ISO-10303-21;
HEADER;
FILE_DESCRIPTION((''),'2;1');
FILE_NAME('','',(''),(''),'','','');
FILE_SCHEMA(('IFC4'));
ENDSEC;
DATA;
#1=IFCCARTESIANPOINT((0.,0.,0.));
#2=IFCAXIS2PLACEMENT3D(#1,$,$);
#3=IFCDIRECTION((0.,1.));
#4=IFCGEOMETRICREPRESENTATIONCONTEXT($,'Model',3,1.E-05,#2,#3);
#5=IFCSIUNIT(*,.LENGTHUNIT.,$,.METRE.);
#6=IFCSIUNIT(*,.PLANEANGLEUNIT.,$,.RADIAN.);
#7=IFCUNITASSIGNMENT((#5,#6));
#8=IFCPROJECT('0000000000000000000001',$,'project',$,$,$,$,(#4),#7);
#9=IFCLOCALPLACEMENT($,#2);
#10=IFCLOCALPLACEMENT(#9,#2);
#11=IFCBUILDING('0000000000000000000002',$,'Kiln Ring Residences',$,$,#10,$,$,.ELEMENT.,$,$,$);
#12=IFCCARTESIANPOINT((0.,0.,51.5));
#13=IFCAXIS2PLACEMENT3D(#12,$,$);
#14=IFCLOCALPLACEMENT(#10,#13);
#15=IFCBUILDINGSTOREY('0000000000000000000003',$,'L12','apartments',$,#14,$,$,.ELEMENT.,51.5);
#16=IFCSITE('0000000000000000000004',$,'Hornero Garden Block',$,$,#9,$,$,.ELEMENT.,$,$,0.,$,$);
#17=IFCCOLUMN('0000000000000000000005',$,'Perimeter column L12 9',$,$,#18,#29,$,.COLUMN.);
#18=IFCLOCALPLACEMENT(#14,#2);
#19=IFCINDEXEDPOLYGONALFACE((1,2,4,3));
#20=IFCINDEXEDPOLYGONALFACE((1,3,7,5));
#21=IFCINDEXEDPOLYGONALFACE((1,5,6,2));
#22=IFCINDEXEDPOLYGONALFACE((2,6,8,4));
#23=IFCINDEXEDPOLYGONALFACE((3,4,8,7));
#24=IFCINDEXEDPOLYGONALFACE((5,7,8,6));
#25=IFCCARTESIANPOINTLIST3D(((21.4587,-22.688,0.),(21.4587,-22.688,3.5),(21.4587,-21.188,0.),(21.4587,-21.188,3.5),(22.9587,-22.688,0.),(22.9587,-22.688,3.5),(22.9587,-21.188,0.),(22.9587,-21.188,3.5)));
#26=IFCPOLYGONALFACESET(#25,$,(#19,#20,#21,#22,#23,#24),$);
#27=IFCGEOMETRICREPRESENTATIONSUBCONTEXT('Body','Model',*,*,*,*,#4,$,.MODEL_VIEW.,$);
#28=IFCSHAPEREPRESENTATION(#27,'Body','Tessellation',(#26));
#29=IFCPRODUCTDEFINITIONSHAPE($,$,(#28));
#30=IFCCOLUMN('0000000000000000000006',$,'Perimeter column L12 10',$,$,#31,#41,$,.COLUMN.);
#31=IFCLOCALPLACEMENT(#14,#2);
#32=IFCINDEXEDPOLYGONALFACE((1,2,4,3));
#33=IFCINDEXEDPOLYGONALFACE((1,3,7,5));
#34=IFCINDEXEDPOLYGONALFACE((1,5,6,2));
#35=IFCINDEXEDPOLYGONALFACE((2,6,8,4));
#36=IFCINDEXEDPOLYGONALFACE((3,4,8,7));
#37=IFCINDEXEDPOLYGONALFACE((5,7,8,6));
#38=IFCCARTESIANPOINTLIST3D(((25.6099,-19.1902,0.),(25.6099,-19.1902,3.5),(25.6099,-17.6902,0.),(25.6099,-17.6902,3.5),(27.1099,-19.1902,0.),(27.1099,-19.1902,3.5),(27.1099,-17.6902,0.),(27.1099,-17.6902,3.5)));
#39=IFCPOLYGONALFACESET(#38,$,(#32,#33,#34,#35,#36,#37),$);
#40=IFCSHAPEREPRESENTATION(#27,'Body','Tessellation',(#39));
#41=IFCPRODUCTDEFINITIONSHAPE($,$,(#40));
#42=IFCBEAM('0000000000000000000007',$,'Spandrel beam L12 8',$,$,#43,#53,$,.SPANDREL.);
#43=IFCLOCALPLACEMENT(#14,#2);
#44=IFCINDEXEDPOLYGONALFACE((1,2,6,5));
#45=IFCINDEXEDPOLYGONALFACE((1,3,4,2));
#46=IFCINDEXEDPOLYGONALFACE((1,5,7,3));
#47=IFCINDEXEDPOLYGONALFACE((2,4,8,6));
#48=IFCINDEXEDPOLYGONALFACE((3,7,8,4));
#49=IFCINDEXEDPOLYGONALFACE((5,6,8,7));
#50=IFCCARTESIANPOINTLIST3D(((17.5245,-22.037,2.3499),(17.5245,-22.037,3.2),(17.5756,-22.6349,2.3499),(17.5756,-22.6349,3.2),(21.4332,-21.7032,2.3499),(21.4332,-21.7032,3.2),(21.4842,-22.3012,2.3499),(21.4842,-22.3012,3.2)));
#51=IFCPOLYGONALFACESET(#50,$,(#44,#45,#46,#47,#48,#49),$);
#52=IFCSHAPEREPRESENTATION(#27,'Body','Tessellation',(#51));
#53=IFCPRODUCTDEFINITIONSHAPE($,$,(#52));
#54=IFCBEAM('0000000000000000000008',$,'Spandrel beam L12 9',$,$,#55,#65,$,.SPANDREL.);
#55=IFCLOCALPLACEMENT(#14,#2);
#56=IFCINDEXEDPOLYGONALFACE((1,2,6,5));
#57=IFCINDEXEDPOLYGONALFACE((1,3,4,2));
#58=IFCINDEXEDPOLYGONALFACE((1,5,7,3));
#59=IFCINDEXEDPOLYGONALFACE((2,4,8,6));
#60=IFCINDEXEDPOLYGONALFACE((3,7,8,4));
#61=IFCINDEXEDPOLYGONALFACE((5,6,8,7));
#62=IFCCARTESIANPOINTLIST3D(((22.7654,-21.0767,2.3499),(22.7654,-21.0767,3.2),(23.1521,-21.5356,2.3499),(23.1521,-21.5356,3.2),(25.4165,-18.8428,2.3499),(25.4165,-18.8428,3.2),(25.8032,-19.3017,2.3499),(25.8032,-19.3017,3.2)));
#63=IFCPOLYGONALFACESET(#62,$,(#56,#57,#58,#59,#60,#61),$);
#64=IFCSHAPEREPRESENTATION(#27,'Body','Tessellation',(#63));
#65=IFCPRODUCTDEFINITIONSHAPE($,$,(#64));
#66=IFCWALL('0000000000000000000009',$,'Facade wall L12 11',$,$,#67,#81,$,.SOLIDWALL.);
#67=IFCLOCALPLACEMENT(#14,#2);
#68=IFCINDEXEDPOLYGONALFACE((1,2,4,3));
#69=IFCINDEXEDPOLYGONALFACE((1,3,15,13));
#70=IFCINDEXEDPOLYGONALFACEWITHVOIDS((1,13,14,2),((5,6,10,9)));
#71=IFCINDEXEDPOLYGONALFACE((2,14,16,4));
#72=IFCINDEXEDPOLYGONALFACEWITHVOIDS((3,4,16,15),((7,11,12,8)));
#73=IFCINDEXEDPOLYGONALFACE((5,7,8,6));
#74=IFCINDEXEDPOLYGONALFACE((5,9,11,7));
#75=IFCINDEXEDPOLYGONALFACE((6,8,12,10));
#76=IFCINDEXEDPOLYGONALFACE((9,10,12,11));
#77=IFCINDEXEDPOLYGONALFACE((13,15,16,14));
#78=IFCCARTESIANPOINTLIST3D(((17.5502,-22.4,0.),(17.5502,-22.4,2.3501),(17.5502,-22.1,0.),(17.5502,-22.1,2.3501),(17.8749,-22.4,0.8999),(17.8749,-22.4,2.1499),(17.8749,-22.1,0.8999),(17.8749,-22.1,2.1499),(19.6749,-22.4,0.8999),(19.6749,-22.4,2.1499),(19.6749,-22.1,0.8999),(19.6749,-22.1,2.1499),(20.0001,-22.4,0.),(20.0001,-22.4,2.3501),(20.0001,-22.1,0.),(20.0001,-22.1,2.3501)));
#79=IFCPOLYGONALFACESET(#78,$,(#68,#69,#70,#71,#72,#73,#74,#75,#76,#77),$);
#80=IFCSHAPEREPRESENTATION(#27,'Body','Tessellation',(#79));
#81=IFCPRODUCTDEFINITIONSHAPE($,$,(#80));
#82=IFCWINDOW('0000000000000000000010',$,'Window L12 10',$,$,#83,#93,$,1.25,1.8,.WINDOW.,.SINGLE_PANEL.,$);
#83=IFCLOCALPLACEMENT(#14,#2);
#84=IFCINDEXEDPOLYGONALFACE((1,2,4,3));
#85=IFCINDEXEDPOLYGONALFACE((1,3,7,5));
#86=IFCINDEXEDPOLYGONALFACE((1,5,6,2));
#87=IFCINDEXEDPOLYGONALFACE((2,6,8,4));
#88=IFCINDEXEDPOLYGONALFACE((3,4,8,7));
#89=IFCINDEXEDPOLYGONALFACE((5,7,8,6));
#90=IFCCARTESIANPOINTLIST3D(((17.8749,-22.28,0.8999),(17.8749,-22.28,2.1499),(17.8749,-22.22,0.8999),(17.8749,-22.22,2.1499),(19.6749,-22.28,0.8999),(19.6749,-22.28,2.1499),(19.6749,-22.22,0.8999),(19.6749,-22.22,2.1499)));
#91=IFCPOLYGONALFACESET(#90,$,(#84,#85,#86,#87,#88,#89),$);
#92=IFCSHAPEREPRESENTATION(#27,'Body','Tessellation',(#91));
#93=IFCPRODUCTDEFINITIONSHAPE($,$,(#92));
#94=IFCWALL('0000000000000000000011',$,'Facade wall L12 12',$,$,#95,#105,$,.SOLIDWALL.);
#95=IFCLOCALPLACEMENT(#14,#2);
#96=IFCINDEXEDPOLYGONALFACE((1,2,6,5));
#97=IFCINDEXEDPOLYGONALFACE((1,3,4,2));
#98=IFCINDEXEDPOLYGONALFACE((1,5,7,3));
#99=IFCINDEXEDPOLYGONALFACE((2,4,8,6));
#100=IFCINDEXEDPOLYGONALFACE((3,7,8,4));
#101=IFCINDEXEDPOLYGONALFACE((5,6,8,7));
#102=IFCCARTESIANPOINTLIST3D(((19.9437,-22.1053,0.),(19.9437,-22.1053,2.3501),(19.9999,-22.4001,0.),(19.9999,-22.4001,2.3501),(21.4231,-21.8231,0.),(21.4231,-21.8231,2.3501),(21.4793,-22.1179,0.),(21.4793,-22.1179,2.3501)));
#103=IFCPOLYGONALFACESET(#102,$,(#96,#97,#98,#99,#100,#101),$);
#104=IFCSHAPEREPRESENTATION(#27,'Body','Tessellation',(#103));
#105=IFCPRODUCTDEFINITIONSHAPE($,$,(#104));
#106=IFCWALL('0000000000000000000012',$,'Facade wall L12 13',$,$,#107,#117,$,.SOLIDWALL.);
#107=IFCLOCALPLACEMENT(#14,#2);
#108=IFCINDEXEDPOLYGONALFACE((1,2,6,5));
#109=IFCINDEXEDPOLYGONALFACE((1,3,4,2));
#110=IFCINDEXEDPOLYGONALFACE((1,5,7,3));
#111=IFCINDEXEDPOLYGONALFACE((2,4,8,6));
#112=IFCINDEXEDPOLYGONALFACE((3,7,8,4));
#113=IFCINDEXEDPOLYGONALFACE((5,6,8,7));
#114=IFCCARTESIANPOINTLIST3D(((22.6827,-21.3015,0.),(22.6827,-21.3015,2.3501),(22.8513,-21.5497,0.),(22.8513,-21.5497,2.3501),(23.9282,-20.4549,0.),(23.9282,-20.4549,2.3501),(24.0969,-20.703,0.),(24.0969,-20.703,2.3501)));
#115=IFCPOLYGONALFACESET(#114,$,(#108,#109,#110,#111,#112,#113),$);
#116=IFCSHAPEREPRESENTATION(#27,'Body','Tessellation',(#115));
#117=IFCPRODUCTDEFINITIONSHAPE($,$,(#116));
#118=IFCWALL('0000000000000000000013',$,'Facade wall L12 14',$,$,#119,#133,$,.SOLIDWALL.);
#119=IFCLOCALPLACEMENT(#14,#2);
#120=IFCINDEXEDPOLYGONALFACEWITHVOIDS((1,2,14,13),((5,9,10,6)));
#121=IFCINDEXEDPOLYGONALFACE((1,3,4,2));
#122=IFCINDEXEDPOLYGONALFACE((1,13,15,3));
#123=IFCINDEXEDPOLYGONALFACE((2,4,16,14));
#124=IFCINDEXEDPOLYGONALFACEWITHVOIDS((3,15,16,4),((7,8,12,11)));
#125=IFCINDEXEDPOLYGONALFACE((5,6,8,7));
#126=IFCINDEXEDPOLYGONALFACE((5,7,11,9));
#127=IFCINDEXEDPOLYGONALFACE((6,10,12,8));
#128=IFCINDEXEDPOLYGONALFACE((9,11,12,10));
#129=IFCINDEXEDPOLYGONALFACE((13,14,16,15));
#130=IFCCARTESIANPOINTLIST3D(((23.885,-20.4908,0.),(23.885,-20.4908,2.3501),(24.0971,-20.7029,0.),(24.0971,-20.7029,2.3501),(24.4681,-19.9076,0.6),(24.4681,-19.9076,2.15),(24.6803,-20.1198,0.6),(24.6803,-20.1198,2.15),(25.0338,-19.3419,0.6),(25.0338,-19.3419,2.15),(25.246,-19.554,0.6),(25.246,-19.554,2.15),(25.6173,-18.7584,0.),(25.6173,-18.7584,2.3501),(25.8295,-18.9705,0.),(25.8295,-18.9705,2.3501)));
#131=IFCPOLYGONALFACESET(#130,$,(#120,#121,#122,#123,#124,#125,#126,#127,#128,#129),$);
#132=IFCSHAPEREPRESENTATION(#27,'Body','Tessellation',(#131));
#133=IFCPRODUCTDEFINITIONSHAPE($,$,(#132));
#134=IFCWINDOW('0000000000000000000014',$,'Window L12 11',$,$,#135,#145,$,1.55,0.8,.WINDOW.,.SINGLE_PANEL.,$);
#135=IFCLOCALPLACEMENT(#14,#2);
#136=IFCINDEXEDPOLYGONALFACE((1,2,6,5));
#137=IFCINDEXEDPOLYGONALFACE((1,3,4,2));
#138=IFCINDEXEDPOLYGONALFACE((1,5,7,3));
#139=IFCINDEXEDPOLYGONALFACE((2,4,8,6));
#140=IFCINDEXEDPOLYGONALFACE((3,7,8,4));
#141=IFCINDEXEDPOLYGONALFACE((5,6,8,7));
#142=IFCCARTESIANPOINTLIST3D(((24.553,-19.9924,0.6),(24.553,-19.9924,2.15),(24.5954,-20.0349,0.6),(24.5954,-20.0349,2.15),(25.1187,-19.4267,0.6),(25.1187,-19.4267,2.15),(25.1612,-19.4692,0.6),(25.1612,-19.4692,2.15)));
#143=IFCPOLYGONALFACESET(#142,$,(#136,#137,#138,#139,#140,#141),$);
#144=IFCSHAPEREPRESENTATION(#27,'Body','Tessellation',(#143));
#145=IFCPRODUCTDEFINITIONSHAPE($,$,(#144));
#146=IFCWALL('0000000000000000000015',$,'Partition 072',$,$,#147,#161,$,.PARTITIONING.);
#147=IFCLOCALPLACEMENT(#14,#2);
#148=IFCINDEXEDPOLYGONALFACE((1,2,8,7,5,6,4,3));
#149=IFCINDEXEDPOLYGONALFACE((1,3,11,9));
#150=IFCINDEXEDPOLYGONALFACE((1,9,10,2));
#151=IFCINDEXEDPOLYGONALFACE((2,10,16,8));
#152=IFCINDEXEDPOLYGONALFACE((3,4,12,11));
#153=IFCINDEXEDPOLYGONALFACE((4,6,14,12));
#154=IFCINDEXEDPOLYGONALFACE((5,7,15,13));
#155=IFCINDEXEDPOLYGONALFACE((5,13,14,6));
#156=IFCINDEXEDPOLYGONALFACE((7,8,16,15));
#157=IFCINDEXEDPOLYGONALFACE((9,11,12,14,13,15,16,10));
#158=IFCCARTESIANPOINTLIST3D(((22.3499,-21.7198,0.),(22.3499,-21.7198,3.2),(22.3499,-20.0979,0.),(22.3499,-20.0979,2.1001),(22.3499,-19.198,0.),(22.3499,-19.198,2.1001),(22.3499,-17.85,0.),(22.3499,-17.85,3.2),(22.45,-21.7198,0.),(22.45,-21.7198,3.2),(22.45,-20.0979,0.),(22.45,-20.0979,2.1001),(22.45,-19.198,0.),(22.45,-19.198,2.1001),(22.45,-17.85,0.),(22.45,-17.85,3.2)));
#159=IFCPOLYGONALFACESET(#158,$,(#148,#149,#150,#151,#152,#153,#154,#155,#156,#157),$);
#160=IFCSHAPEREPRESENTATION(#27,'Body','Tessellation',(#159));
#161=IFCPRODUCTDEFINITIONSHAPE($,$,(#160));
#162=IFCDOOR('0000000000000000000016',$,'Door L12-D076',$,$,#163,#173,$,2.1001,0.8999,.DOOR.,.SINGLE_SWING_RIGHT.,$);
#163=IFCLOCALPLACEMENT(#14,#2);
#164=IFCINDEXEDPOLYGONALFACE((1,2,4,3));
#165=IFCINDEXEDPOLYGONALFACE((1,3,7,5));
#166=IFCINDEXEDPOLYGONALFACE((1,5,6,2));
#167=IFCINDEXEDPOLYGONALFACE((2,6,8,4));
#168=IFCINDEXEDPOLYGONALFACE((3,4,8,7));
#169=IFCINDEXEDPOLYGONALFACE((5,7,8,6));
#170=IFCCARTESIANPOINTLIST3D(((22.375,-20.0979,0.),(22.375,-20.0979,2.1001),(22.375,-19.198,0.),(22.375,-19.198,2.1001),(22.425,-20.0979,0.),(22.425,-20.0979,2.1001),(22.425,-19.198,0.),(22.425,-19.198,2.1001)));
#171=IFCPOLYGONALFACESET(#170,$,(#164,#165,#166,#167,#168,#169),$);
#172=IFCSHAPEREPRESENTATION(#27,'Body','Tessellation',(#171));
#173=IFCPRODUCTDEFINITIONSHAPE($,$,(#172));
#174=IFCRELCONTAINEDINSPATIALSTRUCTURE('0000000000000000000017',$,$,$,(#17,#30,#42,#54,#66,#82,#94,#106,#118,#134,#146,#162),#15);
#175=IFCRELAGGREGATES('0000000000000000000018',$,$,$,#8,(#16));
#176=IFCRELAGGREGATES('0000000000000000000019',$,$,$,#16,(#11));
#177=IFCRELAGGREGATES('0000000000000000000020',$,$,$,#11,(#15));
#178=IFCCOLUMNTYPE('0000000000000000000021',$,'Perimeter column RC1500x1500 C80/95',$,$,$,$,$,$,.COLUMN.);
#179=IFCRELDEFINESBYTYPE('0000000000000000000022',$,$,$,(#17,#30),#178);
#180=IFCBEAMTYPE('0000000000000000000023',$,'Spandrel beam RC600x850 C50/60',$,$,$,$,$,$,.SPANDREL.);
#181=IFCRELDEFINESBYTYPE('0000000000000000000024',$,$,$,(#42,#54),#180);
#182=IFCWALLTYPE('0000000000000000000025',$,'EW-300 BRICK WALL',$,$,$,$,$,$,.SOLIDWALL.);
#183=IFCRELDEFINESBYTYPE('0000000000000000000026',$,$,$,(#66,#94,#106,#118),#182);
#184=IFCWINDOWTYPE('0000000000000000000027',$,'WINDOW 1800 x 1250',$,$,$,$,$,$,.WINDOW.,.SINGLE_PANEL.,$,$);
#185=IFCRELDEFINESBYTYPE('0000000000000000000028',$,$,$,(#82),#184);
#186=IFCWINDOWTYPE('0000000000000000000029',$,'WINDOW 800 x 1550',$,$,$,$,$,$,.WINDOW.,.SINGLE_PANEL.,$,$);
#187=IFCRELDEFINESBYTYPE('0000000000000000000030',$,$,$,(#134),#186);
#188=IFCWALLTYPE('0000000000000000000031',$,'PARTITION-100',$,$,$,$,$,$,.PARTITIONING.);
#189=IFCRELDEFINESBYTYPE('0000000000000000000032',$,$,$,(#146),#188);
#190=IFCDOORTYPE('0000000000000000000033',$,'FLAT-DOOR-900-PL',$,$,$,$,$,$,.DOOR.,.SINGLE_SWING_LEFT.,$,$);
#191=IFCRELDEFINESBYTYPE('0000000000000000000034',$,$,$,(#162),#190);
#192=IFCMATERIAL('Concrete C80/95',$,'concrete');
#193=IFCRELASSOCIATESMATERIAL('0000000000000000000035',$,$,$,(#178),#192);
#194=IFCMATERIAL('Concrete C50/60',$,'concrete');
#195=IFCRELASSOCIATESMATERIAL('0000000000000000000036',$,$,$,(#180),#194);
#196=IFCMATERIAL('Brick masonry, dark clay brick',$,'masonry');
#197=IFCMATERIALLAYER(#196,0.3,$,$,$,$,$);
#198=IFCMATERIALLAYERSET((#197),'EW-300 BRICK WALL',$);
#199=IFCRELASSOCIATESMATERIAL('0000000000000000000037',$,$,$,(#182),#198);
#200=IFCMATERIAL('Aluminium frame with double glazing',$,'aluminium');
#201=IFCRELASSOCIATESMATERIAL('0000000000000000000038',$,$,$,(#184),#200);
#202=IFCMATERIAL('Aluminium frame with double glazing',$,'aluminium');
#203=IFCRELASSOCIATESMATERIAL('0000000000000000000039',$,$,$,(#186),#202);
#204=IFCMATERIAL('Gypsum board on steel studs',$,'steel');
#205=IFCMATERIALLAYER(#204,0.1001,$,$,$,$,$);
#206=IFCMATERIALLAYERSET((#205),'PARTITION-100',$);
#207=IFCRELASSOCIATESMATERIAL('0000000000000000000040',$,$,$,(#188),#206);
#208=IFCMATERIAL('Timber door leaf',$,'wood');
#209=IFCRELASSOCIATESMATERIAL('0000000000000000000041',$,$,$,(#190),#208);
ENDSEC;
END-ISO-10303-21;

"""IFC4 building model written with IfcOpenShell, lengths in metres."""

from ifc_helpers import new_model, si_unit, direction, frame, frame_2d, origin, origin_2d, place, context, subcontext, project, spatial, rectangle, extrude, material, layer, layer_set, material_profile, profile_set, type_object, element, fill, save


model = new_model("IFC4")

# Units and contexts
model_context = context("Model", 3, precision=1e-05, world=origin(), true_north=direction((0.0, 1.0)))
body_context = subcontext(model_context, "Body", "Model", "MODEL_VIEW")
ifc_project = project(units=[si_unit("LENGTHUNIT", "METRE"), si_unit("PLANEANGLEUNIT", "RADIAN")], contexts=[model_context])

# Site, building, storey
site_placement = place(None, origin())
site = spatial("IfcSite", under=ifc_project, at=site_placement, Name="Hornero Garden Block", CompositionType="ELEMENT", RefElevation=0.0)
building_placement = place(site_placement, origin())
building = spatial("IfcBuilding", under=site, at=building_placement, Name="Kiln Ring Residences", CompositionType="ELEMENT")
storey_placement = place(building_placement, frame((0.0, 0.0, 51.5)))
storey = spatial("IfcBuildingStorey", under=building, at=storey_placement, Name="L12", Description="apartments", CompositionType="ELEMENT", Elevation=51.5)

# Columns
ifc_material_1 = material(Name="Concrete C80/95", Category="concrete")
ifc_material_profile_1 = material_profile(ifc_material_1, rectangle(XDim=1.5, YDim=1.5, at=origin_2d()), Name="RC1500x1500")
ifc_profile_set_1 = profile_set([ifc_material_profile_1], Name="Concrete C80/95")
column_type = type_object("IfcColumnType", Name="Perimeter column RC1500x1500 C80/95", PredefinedType="COLUMN", material=ifc_profile_set_1)
for number, where, z_axis, x_axis, name in (
    (1, (22.2087, -21.938, 0.0), (0.0, 0.0, 1.0), (1.0, 0.0, 0.0), "Perimeter column L12 9"),
    (2, (26.3599, -18.4402, 0.0), (0.0, 0.0, 1.0), (1.0, 0.0, 0.0), "Perimeter column L12 10"),
):
    element("IfcColumn", number, at=place(storey_placement, frame(where, z_axis=z_axis, x_axis=x_axis)), inside=storey, type_object=column_type, Name=name, PredefinedType="COLUMN", context=body_context, shape_type="SweptSolid", body=[
        extrude(rectangle(XDim=1.5, YDim=1.5, at=origin_2d()), origin(), (0.0, 0.0, 1.0), 3.5),
    ])

# Beams
ifc_material_2 = material(Name="Concrete C50/60", Category="concrete")
ifc_material_profile_2 = material_profile(ifc_material_2, rectangle(XDim=0.6001, YDim=0.8501, at=origin_2d()), Name="RC600x850")
ifc_profile_set_2 = profile_set([ifc_material_profile_2], Name="Concrete C50/60")
beam_type = type_object("IfcBeamType", Name="Spandrel beam RC600x850 C50/60", PredefinedType="SPANDREL", material=ifc_profile_set_2)
beam_1_placement = place(storey_placement, frame((17.55, -22.3359, 2.7749), z_axis=(0.996375, 0.085075, 0.0), x_axis=(-0.085075, 0.996375, 0.0)))
element("IfcBeam", 3, at=beam_1_placement, inside=storey, type_object=beam_type, Name="Spandrel beam L12 8", PredefinedType="SPANDREL", context=body_context, shape_type="SweptSolid", body=[
    extrude(rectangle(XDim=0.6001, YDim=0.8501, at=origin_2d()), origin(), (0.0, 0.0, 1.0), 3.9229),
])
beam_2_placement = place(storey_placement, frame((22.9587, -21.3062, 2.7749), z_axis=(0.764718, 0.644366, 0.0), x_axis=(-0.644366, 0.764718, 0.0)))
element("IfcBeam", 4, at=beam_2_placement, inside=storey, type_object=beam_type, Name="Spandrel beam L12 9", PredefinedType="SPANDREL", context=body_context, shape_type="SweptSolid", body=[
    extrude(rectangle(XDim=0.6001, YDim=0.8501, at=origin_2d()), origin(), (0.0, 0.0, 1.0), 3.4668),
])

# Wall, opening, window
ifc_material_3 = material(Name="Brick masonry, dark clay brick", Category="masonry")
ifc_layer_1 = layer(ifc_material_3, 0.3)
ifc_layer_set_1 = layer_set([ifc_layer_1], Name="EW-300 BRICK WALL")
wall_type_1 = type_object("IfcWallType", Name="EW-300 BRICK WALL", PredefinedType="SOLIDWALL", material=ifc_layer_set_1)
wall_1_placement = place(storey_placement, frame((17.55, -22.25, 0.0), z_axis=(0.0, 0.0, 1.0), x_axis=(1.0, 0.0, 0.0)))
wall_1 = element("IfcWall", 5, at=wall_1_placement, inside=storey, type_object=wall_type_1, Name="Facade wall L12 11", PredefinedType="SOLIDWALL", context=body_context, shape_type="SweptSolid", body=[
    extrude(rectangle(XDim=2.45, YDim=0.3, at=frame_2d((1.2251, 0.0))), origin(), (0.0, 0.0, 1.0), 2.3501),
])
opening_1_placement = place(wall_1_placement, frame((0.325, 0.0, 0.8999)))
opening_1 = element("IfcOpeningElement", 6, at=opening_1_placement, cuts=wall_1, PredefinedType="OPENING", context=body_context, shape_type="SweptSolid", body=[
    extrude(rectangle(XDim=1.8, YDim=1.25, at=frame_2d((0.8999, 0.625))), frame((0.0, 0.1599, 0.0), z_axis=(0.0, -1.0, 0.0), x_axis=(1.0, 0.0, 0.0)), (0.0, 0.0, 1.0), 0.3201),
])
ifc_material_4 = material(Name="Aluminium frame with double glazing", Category="aluminium")
window_type_1 = type_object("IfcWindowType", Name="WINDOW 1800 x 1250", PartitioningType="SINGLE_PANEL", PredefinedType="WINDOW", material=ifc_material_4)
window_1_placement = place(opening_1_placement, origin())
window_1 = element("IfcWindow", 7, at=window_1_placement, inside=storey, type_object=window_type_1, Name="Window L12 10", OverallHeight=1.25, OverallWidth=1.8, PartitioningType="SINGLE_PANEL", PredefinedType="WINDOW", context=body_context, shape_type="SweptSolid", body=[
    extrude(rectangle(XDim=1.8, YDim=1.25, at=frame_2d((0.8999, 0.625))), frame((0.0, 0.03, 0.0), z_axis=(0.0, -1.0, 0.0), x_axis=(1.0, 0.0, 0.0)), (0.0, 0.0, 1.0), 0.0601),
])
fill(opening_1, window_1)

# Walls
for number, where, z_axis, x_axis, name in (
    (8, (19.9719, -22.2527, 0.0), (0.0, 0.0, 1.0), (0.982287, 0.18738, 0.0), "Facade wall L12 12"),
    (9, (22.7671, -21.4255, 0.0), (0.0, 0.0, 1.0), (0.827029, 0.562159, 0.0), "Facade wall L12 13"),
):
    element("IfcWall", number, at=place(storey_placement, frame(where, z_axis=z_axis, x_axis=x_axis)), inside=storey, type_object=wall_type_1, Name=name, PredefinedType="SOLIDWALL", context=body_context, shape_type="SweptSolid", body=[
        extrude(rectangle(XDim=1.5061, YDim=0.3, at=frame_2d((0.7529, 0.0))), origin(), (0.0, 0.0, 1.0), 2.3501),
    ])

# Wall, opening, window
wall_2_placement = place(storey_placement, frame((23.991, -20.5969, 0.0), z_axis=(0.0, 0.0, 1.0), x_axis=(0.707107, 0.707107, 0.0)))
wall_2 = element("IfcWall", 10, at=wall_2_placement, inside=storey, type_object=wall_type_1, Name="Facade wall L12 14", PredefinedType="SOLIDWALL", context=body_context, shape_type="SweptSolid", body=[
    extrude(rectangle(XDim=2.45, YDim=0.3, at=frame_2d((1.2251, 0.0))), origin(), (0.0, 0.0, 1.0), 2.3501),
])
opening_2_placement = place(wall_2_placement, frame((0.825, 0.0, 0.6001)))
opening_2 = element("IfcOpeningElement", 11, at=opening_2_placement, cuts=wall_2, PredefinedType="OPENING", context=body_context, shape_type="SweptSolid", body=[
    extrude(rectangle(XDim=0.8, YDim=1.55, at=frame_2d((0.3999, 0.7749))), frame((0.0, 0.1599, 0.0), z_axis=(0.0, -1.0, 0.0), x_axis=(1.0, 0.0, 0.0)), (0.0, 0.0, 1.0), 0.3201),
])
ifc_material_5 = material(Name="Aluminium frame with double glazing", Category="aluminium")
window_type_2 = type_object("IfcWindowType", Name="WINDOW 800 x 1550", PartitioningType="SINGLE_PANEL", PredefinedType="WINDOW", material=ifc_material_5)
window_2_placement = place(opening_2_placement, origin())
window_2 = element("IfcWindow", 12, at=window_2_placement, inside=storey, type_object=window_type_2, Name="Window L12 11", OverallHeight=1.55, OverallWidth=0.8, PartitioningType="SINGLE_PANEL", PredefinedType="WINDOW", context=body_context, shape_type="SweptSolid", body=[
    extrude(rectangle(XDim=0.8, YDim=1.55, at=frame_2d((0.3999, 0.7749))), frame((0.0, 0.03, 0.0), z_axis=(0.0, -1.0, 0.0), x_axis=(1.0, 0.0, 0.0)), (0.0, 0.0, 1.0), 0.0601),
])
fill(opening_2, window_2)

# Wall, opening, door
ifc_material_6 = material(Name="Gypsum board on steel studs", Category="steel")
ifc_layer_2 = layer(ifc_material_6, 0.1001)
ifc_layer_set_2 = layer_set([ifc_layer_2], Name="PARTITION-100")
wall_type_2 = type_object("IfcWallType", Name="PARTITION-100", PredefinedType="PARTITIONING", material=ifc_layer_set_2)
wall_3_placement = place(storey_placement, frame((22.3999, -21.72, 0.0), z_axis=(0.0, 0.0, 1.0), x_axis=(0.0, 1.0, 0.0)))
wall_3 = element("IfcWall", 13, at=wall_3_placement, inside=storey, type_object=wall_type_2, Name="Partition 072", PredefinedType="PARTITIONING", context=body_context, shape_type="SweptSolid", body=[
    extrude(rectangle(XDim=3.8699, YDim=0.1001, at=frame_2d((1.9351, 0.0))), origin(), (0.0, 0.0, 1.0), 3.2),
])
opening_3_placement = place(wall_3_placement, frame((1.6221, 0.0, 0.0)))
opening_3 = element("IfcOpeningElement", 14, at=opening_3_placement, cuts=wall_3, PredefinedType="OPENING", context=body_context, shape_type="SweptSolid", body=[
    extrude(rectangle(XDim=0.8999, YDim=2.1001, at=frame_2d((0.45, 1.05))), frame((0.0, 0.0601, 0.0), z_axis=(0.0, -1.0, 0.0), x_axis=(1.0, 0.0, 0.0)), (0.0, 0.0, 1.0), 0.1201),
])
ifc_material_7 = material(Name="Timber door leaf", Category="wood")
door_type = type_object("IfcDoorType", Name="FLAT-DOOR-900-PL", OperationType="SINGLE_SWING_LEFT", PredefinedType="DOOR", material=ifc_material_7)
door_placement = place(opening_3_placement, origin())
door = element("IfcDoor", 15, at=door_placement, inside=storey, type_object=door_type, Name="Door L12-D076", OperationType="SINGLE_SWING_RIGHT", OverallHeight=2.1001, OverallWidth=0.8999, PredefinedType="DOOR", context=body_context, shape_type="SweptSolid", body=[
    extrude(rectangle(XDim=0.8999, YDim=2.1001, at=frame_2d((0.45, 1.05))), frame((0.0, 0.0249, 0.0), z_axis=(0.0, -1.0, 0.0), x_axis=(1.0, 0.0, 0.0)), (0.0, 0.0, 1.0), 0.05),
])
fill(opening_3, door)

save(model, "model.ifc")
